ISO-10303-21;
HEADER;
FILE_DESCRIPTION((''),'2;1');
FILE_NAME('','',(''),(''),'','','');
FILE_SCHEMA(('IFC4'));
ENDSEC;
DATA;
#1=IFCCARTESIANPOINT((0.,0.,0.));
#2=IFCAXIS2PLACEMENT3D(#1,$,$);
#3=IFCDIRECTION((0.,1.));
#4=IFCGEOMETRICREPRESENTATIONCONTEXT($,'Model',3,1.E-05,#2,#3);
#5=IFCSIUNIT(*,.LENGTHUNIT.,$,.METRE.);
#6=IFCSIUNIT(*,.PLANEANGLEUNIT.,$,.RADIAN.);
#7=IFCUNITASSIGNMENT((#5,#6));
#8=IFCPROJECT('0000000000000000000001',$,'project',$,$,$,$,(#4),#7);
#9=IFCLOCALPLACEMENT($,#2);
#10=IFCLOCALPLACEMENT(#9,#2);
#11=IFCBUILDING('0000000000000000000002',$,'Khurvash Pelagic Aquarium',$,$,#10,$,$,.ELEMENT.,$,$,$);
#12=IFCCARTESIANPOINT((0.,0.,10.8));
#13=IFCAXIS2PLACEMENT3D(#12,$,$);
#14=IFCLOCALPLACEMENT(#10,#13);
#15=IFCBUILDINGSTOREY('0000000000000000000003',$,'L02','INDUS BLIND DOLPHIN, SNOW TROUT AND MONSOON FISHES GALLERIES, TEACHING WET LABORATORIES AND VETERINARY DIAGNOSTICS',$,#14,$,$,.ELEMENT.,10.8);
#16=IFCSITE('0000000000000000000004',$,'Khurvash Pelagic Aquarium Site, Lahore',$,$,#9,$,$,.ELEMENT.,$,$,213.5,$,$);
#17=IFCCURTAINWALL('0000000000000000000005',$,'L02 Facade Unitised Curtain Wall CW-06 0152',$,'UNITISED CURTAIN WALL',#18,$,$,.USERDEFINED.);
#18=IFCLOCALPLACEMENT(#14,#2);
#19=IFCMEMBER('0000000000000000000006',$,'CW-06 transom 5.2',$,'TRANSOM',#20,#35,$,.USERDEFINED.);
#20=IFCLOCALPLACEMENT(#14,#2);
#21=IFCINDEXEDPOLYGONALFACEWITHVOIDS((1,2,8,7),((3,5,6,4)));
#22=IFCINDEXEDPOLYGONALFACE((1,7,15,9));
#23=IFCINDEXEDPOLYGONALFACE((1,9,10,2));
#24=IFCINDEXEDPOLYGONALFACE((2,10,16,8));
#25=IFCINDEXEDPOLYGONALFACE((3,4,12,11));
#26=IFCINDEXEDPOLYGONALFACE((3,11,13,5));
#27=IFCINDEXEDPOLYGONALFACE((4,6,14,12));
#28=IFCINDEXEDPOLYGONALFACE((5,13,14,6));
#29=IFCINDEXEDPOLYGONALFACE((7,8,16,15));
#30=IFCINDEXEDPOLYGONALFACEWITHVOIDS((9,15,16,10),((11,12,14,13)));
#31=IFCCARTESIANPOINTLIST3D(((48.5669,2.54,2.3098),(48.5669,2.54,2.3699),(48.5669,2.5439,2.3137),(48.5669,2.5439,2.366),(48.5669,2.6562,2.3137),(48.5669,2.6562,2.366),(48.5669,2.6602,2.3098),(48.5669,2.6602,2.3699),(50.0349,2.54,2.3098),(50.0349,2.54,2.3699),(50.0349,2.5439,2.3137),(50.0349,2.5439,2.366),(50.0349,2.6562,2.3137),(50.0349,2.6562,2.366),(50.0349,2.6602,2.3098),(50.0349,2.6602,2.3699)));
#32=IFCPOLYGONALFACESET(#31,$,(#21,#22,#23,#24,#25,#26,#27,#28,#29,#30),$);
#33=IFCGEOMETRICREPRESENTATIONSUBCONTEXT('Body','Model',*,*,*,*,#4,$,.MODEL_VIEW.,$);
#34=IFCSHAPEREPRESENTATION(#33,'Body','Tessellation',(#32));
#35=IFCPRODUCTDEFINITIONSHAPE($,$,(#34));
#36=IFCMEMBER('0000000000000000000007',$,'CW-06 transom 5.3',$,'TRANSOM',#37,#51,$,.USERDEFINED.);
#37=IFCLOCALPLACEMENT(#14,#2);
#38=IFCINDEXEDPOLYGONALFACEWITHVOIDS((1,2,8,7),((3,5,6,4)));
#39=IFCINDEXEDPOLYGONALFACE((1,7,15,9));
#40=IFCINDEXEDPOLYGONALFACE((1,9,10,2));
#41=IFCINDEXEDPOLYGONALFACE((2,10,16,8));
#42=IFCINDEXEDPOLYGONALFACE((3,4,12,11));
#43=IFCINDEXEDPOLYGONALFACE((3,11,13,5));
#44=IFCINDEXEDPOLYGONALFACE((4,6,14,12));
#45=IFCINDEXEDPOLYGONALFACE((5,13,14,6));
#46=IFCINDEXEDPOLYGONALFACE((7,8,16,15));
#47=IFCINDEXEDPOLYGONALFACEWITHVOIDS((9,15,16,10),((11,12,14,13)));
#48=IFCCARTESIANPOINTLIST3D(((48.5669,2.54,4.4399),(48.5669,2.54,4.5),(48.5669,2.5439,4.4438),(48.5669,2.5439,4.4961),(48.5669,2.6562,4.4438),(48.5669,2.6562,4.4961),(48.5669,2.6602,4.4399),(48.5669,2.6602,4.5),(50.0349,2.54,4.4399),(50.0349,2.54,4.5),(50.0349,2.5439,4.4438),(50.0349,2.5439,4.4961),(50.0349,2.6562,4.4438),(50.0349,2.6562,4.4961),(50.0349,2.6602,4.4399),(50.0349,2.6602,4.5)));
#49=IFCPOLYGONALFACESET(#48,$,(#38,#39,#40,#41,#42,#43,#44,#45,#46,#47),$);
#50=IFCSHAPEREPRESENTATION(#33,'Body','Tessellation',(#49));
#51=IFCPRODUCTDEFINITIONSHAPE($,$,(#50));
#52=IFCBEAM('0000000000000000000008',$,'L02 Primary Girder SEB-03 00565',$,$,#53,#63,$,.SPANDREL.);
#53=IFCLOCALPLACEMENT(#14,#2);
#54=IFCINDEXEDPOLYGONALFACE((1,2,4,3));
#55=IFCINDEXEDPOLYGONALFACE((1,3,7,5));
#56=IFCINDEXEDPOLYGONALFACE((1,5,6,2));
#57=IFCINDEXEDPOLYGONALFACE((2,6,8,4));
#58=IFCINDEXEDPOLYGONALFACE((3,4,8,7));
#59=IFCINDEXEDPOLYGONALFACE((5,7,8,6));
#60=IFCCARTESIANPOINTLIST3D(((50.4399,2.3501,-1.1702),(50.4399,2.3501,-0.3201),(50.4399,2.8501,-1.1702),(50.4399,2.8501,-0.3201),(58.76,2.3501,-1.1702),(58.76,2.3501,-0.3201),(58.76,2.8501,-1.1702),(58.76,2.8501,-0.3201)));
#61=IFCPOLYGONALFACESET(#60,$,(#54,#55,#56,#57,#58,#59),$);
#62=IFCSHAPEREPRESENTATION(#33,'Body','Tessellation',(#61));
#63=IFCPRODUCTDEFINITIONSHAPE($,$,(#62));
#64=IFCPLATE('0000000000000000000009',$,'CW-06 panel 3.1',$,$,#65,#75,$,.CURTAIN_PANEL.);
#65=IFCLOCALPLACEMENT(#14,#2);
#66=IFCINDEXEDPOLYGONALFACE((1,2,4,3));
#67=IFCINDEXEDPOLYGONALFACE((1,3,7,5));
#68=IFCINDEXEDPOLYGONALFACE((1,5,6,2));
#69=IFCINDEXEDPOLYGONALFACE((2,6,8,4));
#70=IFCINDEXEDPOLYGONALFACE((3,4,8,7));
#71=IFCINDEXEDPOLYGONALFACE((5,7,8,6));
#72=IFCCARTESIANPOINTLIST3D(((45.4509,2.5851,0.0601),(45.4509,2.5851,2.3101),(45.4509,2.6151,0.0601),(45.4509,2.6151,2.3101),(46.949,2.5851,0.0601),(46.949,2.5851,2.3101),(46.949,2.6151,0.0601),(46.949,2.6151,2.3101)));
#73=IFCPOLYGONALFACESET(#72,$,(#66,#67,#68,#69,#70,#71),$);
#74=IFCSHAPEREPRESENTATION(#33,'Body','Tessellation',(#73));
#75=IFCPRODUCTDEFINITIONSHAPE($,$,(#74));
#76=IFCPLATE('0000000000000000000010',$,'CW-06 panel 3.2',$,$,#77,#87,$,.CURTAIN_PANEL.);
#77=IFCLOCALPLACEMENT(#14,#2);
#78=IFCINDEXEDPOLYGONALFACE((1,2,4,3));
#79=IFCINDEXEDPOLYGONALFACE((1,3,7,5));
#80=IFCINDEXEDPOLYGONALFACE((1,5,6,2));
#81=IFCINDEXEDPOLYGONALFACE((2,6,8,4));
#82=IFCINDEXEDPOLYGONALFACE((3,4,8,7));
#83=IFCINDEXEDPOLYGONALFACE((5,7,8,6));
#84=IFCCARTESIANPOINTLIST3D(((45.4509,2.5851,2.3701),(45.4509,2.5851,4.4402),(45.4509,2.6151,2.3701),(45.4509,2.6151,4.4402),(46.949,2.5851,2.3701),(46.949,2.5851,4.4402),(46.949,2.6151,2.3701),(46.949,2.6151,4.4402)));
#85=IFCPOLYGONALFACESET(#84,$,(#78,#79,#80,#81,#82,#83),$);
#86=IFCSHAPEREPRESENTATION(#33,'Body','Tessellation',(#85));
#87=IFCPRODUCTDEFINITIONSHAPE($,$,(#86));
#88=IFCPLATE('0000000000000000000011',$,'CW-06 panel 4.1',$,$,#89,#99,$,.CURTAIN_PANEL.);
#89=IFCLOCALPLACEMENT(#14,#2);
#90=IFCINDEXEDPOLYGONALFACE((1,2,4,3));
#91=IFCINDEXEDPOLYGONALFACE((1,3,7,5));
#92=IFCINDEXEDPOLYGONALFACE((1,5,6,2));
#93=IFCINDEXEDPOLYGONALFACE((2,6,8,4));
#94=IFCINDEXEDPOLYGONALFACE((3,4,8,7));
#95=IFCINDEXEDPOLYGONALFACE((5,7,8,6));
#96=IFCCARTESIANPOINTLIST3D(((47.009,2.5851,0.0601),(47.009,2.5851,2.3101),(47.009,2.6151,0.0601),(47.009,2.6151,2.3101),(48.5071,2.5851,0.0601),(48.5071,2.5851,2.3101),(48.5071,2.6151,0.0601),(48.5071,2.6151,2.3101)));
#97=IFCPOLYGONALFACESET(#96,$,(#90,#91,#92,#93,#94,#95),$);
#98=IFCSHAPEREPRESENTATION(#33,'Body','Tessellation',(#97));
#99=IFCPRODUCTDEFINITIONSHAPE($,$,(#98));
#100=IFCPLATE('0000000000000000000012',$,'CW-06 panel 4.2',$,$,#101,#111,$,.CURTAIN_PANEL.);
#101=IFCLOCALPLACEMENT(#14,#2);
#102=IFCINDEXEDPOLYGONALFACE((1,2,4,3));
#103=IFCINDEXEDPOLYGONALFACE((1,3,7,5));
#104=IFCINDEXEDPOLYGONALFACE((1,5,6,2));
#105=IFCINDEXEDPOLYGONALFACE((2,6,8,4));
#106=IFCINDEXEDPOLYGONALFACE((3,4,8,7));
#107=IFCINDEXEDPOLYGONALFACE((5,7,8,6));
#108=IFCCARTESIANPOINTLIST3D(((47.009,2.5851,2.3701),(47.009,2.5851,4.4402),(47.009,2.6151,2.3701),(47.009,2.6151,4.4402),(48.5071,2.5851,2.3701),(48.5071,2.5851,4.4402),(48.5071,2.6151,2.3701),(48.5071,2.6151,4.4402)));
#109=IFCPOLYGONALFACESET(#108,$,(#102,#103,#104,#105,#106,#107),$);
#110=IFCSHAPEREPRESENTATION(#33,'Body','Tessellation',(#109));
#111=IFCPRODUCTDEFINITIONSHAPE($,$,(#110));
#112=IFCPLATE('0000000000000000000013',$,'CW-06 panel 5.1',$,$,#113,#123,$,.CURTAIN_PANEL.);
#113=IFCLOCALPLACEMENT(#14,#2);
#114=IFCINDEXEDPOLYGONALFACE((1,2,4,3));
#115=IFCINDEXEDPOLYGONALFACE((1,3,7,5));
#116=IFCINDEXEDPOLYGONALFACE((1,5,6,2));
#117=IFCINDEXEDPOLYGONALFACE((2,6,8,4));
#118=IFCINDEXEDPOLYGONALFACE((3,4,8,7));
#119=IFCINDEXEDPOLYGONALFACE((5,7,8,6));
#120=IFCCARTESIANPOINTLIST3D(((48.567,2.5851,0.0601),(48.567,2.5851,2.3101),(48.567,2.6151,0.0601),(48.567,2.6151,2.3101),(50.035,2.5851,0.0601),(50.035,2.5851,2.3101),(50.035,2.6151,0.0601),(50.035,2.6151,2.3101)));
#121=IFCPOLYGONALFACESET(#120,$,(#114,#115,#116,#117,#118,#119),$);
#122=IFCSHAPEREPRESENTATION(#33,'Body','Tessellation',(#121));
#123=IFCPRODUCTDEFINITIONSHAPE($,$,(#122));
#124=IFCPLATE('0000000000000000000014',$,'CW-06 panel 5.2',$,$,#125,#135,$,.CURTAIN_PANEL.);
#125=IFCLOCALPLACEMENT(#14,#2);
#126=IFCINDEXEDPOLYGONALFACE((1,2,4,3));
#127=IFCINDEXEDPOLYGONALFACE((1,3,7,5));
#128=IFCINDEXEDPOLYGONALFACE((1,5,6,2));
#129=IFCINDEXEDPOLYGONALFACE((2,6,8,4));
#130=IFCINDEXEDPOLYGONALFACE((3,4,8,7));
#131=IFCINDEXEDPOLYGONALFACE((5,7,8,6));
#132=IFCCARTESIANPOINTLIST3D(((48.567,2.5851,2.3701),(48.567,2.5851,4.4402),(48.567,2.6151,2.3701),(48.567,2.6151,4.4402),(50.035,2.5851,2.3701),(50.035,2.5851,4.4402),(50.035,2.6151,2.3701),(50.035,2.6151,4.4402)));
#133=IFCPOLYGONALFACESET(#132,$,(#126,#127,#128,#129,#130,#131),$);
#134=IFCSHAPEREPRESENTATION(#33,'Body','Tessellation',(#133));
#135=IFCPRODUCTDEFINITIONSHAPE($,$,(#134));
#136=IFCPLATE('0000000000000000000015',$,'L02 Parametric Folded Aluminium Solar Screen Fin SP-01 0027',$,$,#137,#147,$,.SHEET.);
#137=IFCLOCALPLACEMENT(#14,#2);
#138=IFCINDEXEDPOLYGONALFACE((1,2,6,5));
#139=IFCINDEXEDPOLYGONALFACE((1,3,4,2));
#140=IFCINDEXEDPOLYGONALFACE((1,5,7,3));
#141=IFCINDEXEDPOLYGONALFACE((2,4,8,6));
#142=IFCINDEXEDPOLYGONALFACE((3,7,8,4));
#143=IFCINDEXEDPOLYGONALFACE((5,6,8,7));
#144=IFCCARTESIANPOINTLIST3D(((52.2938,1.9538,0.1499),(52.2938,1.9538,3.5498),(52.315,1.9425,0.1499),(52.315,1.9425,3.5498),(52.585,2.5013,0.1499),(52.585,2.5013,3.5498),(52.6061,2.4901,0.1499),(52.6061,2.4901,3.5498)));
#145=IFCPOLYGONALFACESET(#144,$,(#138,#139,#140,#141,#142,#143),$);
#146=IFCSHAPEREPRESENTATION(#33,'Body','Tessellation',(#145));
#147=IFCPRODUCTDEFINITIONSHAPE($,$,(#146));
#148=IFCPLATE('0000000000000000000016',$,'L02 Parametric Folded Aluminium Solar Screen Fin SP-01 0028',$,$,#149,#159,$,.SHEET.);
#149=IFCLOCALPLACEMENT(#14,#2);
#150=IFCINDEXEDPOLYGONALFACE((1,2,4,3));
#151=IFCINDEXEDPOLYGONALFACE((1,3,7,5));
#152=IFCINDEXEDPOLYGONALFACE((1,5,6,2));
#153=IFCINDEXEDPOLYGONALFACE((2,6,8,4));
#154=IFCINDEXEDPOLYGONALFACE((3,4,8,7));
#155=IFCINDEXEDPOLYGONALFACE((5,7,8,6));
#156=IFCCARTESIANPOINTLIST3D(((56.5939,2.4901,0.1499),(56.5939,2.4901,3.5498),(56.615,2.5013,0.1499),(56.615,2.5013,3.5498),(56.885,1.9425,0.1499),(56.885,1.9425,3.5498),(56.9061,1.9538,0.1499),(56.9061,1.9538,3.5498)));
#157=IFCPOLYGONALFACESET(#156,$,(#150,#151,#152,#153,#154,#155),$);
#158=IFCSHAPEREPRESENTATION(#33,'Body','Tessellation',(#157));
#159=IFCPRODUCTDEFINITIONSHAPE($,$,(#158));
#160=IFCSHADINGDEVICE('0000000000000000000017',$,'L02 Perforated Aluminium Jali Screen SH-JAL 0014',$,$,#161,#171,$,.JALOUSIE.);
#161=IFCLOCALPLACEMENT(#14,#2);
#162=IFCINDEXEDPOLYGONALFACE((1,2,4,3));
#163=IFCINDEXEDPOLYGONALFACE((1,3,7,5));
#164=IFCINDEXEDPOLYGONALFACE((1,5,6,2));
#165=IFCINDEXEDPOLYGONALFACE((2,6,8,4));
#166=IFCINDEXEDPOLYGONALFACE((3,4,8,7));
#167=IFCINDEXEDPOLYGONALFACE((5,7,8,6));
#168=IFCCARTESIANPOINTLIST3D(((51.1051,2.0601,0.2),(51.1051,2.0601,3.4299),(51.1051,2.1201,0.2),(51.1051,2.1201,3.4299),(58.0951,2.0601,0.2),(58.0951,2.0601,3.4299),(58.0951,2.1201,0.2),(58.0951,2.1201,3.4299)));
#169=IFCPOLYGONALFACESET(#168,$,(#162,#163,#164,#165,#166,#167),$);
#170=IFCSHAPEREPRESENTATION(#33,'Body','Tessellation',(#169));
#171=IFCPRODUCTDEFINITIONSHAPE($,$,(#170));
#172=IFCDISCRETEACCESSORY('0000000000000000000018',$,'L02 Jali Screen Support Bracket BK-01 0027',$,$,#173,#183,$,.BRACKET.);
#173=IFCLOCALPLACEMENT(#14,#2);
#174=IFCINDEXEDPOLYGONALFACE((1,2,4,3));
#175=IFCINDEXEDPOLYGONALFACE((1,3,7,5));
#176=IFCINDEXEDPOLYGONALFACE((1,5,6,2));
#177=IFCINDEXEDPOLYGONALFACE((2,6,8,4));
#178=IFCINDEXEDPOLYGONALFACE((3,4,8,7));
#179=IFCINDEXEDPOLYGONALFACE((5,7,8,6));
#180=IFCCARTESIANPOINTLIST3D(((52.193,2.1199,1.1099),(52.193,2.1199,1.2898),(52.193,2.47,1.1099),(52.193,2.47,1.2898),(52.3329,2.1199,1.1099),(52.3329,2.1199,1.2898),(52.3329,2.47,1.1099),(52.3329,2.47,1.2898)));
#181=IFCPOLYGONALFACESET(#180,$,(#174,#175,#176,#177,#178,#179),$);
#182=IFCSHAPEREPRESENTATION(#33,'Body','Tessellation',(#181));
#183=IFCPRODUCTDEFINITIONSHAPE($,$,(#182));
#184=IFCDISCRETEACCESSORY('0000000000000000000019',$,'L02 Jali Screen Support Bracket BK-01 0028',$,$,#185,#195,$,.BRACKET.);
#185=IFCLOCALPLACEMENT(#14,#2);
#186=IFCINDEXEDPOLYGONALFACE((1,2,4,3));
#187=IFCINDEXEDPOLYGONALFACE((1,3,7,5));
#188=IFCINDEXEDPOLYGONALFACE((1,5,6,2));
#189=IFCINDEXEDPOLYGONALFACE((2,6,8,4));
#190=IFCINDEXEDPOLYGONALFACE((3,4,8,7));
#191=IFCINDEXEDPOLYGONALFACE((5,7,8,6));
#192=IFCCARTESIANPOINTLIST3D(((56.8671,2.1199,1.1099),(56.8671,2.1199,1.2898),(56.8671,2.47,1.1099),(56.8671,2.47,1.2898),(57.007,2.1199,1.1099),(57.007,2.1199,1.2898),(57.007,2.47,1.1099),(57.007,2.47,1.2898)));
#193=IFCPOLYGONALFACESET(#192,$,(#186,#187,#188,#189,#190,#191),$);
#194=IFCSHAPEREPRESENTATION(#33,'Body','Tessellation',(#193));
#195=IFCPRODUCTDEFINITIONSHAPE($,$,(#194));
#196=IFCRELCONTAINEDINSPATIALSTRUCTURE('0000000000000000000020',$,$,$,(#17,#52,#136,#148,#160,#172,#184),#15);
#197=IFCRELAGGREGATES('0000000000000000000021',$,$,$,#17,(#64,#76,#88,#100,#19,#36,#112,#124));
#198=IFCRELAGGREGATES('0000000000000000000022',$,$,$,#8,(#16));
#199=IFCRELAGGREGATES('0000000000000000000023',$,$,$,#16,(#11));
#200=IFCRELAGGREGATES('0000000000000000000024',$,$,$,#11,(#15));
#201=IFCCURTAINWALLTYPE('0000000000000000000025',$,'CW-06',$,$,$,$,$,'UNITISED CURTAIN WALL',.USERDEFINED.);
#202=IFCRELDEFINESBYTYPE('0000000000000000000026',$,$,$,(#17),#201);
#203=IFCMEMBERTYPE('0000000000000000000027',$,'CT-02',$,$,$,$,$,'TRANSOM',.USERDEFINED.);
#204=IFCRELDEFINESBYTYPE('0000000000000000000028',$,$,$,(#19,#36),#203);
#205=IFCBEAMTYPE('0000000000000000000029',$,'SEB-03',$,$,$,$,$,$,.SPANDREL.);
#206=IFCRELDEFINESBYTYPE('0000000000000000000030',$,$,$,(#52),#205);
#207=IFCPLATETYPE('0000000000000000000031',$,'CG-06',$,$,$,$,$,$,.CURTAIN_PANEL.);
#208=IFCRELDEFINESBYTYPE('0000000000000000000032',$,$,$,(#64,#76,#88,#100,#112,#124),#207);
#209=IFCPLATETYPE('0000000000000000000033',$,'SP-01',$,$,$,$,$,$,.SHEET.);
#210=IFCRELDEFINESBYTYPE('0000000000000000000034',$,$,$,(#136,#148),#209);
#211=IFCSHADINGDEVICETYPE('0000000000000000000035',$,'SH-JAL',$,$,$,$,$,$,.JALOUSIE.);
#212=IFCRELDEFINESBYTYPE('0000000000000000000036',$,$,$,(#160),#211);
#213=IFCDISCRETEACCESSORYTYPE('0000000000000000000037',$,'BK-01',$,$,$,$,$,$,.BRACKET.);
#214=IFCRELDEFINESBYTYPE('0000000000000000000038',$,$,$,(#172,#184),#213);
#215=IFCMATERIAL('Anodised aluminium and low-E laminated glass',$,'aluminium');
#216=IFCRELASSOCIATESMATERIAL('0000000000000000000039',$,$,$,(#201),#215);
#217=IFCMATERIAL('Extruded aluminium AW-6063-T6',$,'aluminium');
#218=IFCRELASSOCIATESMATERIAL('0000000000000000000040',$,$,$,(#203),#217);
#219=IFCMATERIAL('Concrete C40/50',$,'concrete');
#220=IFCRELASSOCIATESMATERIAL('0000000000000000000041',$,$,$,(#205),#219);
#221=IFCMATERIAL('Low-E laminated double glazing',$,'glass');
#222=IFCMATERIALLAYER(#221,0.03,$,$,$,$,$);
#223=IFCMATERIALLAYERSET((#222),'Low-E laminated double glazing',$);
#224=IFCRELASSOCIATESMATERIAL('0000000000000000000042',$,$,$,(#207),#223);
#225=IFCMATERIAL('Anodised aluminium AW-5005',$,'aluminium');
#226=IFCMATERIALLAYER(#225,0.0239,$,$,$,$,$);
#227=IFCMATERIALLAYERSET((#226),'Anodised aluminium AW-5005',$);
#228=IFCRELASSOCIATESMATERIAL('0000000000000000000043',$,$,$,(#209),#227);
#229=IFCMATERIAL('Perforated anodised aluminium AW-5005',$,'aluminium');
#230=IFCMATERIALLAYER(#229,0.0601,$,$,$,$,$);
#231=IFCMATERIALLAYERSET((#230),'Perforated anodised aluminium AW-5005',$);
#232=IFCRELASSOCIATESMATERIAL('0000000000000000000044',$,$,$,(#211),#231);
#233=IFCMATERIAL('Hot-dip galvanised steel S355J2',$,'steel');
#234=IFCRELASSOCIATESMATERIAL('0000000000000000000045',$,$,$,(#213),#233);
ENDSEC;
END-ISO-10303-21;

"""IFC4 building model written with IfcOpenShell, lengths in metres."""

from ifc_helpers import new_model, si_unit, direction, frame, origin, origin_2d, place, context, subcontext, project, spatial, rectangle, hollow_rectangle, extrude, material, layer, layer_set, material_profile, profile_set, type_object, element, aggregate, save


model = new_model("IFC4")

# Units and contexts
model_context = context("Model", 3, precision=1e-05, world=origin(), true_north=direction((0.0, 1.0)))
body_context = subcontext(model_context, "Body", "Model", "MODEL_VIEW")
ifc_project = project(units=[si_unit("LENGTHUNIT", "METRE"), si_unit("PLANEANGLEUNIT", "RADIAN")], contexts=[model_context])

# Site, building, storey
site_placement = place(None, origin())
site = spatial("IfcSite", under=ifc_project, at=site_placement, Name="Khurvash Pelagic Aquarium Site, Lahore", CompositionType="ELEMENT", RefElevation=213.5)
building_placement = place(site_placement, origin())
building = spatial("IfcBuilding", under=site, at=building_placement, Name="Khurvash Pelagic Aquarium", CompositionType="ELEMENT")
storey_placement = place(building_placement, frame((0.0, 0.0, 10.8)))
storey = spatial("IfcBuildingStorey", under=building, at=storey_placement, Name="L02", Description="INDUS BLIND DOLPHIN, SNOW TROUT AND MONSOON FISHES GALLERIES, TEACHING WET LABORATORIES AND VETERINARY DIAGNOSTICS", CompositionType="ELEMENT", Elevation=10.8)

# Shared definitions
ifc_material_1 = material(Name="Concrete C40/50", Category="concrete")

# Curtain wall, members
ifc_material_2 = material(Name="Anodised aluminium and low-E laminated glass", Category="aluminium")
curtain_wall_type = type_object("IfcCurtainWallType", Name="CW-06", ElementType="UNITISED CURTAIN WALL", PredefinedType="USERDEFINED", material=ifc_material_2)
curtain_wall_placement = place(storey_placement, origin())
curtain_wall = element("IfcCurtainWall", 1, at=curtain_wall_placement, inside=storey, type_object=curtain_wall_type, Name="L02 Facade Unitised Curtain Wall CW-06 0152", ObjectType="UNITISED CURTAIN WALL", PredefinedType="USERDEFINED")
ifc_material_3 = material(Name="Extruded aluminium AW-6063-T6", Category="aluminium")
ifc_material_profile_1 = material_profile(ifc_material_3, hollow_rectangle(XDim=0.1201, YDim=0.0601, WallThickness=0.0039, at=origin_2d()), Name="CWT120X60X4")
ifc_profile_set_1 = profile_set([ifc_material_profile_1], Name="Extruded aluminium AW-6063-T6")
member_type_1 = type_object("IfcMemberType", Name="CT-02", ElementType="TRANSOM", PredefinedType="USERDEFINED", material=ifc_profile_set_1)
member_1_placement = place(storey_placement, frame((48.5669, 2.6001, 2.3398), z_axis=(1.0, 0.0, 0.0), x_axis=(0.0, 1.0, 0.0)))
member_1 = element("IfcMember", 2, at=member_1_placement, type_object=member_type_1, Name="CW-06 transom 5.2", ObjectType="TRANSOM", PredefinedType="USERDEFINED", context=body_context, shape_type="SweptSolid", body=[
    extrude(hollow_rectangle(XDim=0.1201, YDim=0.0601, WallThickness=0.0039, at=origin_2d()), origin(), (0.0, 0.0, 1.0), 1.468),
])
member_2_placement = place(storey_placement, frame((48.5669, 2.6001, 4.47), z_axis=(1.0, 0.0, 0.0), x_axis=(0.0, 1.0, 0.0)))
member_2 = element("IfcMember", 3, at=member_2_placement, type_object=member_type_1, Name="CW-06 transom 5.3", ObjectType="TRANSOM", PredefinedType="USERDEFINED", context=body_context, shape_type="SweptSolid", body=[
    extrude(hollow_rectangle(XDim=0.1201, YDim=0.0601, WallThickness=0.0039, at=origin_2d()), origin(), (0.0, 0.0, 1.0), 1.468),
])

# Beam
ifc_material_profile_2 = material_profile(ifc_material_1, rectangle(XDim=0.5, YDim=0.8501, at=origin_2d()), Name="RC500X850")
ifc_profile_set_2 = profile_set([ifc_material_profile_2], Name="Concrete C40/50")
beam_type = type_object("IfcBeamType", Name="SEB-03", PredefinedType="SPANDREL", material=ifc_profile_set_2)
beam_placement = place(storey_placement, frame((50.4399, 2.6001, -0.7451), z_axis=(1.0, 0.0, 0.0), x_axis=(0.0, 1.0, 0.0)))
element("IfcBeam", 4, at=beam_placement, inside=storey, type_object=beam_type, Name="L02 Primary Girder SEB-03 00565", PredefinedType="SPANDREL", context=body_context, shape_type="SweptSolid", body=[
    extrude(rectangle(XDim=0.5, YDim=0.8501, at=origin_2d()), origin(), (0.0, 0.0, 1.0), 8.3201),
])

# Plates
ifc_material_4 = material(Name="Low-E laminated double glazing", Category="glass")
ifc_layer_1 = layer(ifc_material_4, 0.03)
ifc_layer_set_1 = layer_set([ifc_layer_1], Name="Low-E laminated double glazing")
plate_type_1 = type_object("IfcPlateType", Name="CG-06", PredefinedType="CURTAIN_PANEL", material=ifc_layer_set_1)
plate_1_placement = place(storey_placement, frame((46.2, 2.6001, 0.0601), z_axis=(0.0, 0.0, 1.0), x_axis=(1.0, 0.0, 0.0)))
plate_1 = element("IfcPlate", 5, at=plate_1_placement, type_object=plate_type_1, Name="CW-06 panel 3.1", PredefinedType="CURTAIN_PANEL", context=body_context, shape_type="SweptSolid", body=[
    extrude(rectangle(XDim=1.498, YDim=0.03, at=origin_2d()), origin(), (0.0, 0.0, 1.0), 2.25),
])
plate_2_placement = place(storey_placement, frame((46.2, 2.6001, 2.3701), z_axis=(0.0, 0.0, 1.0), x_axis=(1.0, 0.0, 0.0)))
plate_2 = element("IfcPlate", 6, at=plate_2_placement, type_object=plate_type_1, Name="CW-06 panel 3.2", PredefinedType="CURTAIN_PANEL", context=body_context, shape_type="SweptSolid", body=[
    extrude(rectangle(XDim=1.498, YDim=0.03, at=origin_2d()), origin(), (0.0, 0.0, 1.0), 2.0701),
])
plate_3_placement = place(storey_placement, frame((47.7581, 2.6001, 0.0601), z_axis=(0.0, 0.0, 1.0), x_axis=(1.0, 0.0, 0.0)))
plate_3 = element("IfcPlate", 7, at=plate_3_placement, type_object=plate_type_1, Name="CW-06 panel 4.1", PredefinedType="CURTAIN_PANEL", context=body_context, shape_type="SweptSolid", body=[
    extrude(rectangle(XDim=1.498, YDim=0.03, at=origin_2d()), origin(), (0.0, 0.0, 1.0), 2.25),
])
plate_4_placement = place(storey_placement, frame((47.7581, 2.6001, 2.3701), z_axis=(0.0, 0.0, 1.0), x_axis=(1.0, 0.0, 0.0)))
plate_4 = element("IfcPlate", 8, at=plate_4_placement, type_object=plate_type_1, Name="CW-06 panel 4.2", PredefinedType="CURTAIN_PANEL", context=body_context, shape_type="SweptSolid", body=[
    extrude(rectangle(XDim=1.498, YDim=0.03, at=origin_2d()), origin(), (0.0, 0.0, 1.0), 2.0701),
])
plate_5_placement = place(storey_placement, frame((49.301, 2.6001, 0.0601), z_axis=(0.0, 0.0, 1.0), x_axis=(1.0, 0.0, 0.0)))
plate_5 = element("IfcPlate", 9, at=plate_5_placement, type_object=plate_type_1, Name="CW-06 panel 5.1", PredefinedType="CURTAIN_PANEL", context=body_context, shape_type="SweptSolid", body=[
    extrude(rectangle(XDim=1.468, YDim=0.03, at=origin_2d()), origin(), (0.0, 0.0, 1.0), 2.25),
])
plate_6_placement = place(storey_placement, frame((49.301, 2.6001, 2.3701), z_axis=(0.0, 0.0, 1.0), x_axis=(1.0, 0.0, 0.0)))
plate_6 = element("IfcPlate", 10, at=plate_6_placement, type_object=plate_type_1, Name="CW-06 panel 5.2", PredefinedType="CURTAIN_PANEL", context=body_context, shape_type="SweptSolid", body=[
    extrude(rectangle(XDim=1.468, YDim=0.03, at=origin_2d()), origin(), (0.0, 0.0, 1.0), 2.0701),
])
aggregate(curtain_wall, [plate_1, plate_2, plate_3, plate_4, member_1, member_2, plate_5, plate_6])

# Plates
ifc_material_5 = material(Name="Anodised aluminium AW-5005", Category="aluminium")
ifc_layer_2 = layer(ifc_material_5, 0.0239)
ifc_layer_set_2 = layer_set([ifc_layer_2], Name="Anodised aluminium AW-5005")
plate_type_2 = type_object("IfcPlateType", Name="SP-01", PredefinedType="SHEET", material=ifc_layer_set_2)
for number, where, z_axis, x_axis, name in (
    (11, (52.45, 2.2219, 0.1499), (0.0, 0.0, 1.0), (-0.469472, -0.882948, 0.0), "L02 Parametric Folded Aluminium Solar Screen Fin SP-01 0027"),
    (12, (56.75, 2.2219, 0.1499), (0.0, 0.0, 1.0), (0.469472, -0.882948, 0.0), "L02 Parametric Folded Aluminium Solar Screen Fin SP-01 0028"),
):
    element("IfcPlate", number, at=place(storey_placement, frame(where, z_axis=z_axis, x_axis=x_axis)), inside=storey, type_object=plate_type_2, Name=name, PredefinedType="SHEET", context=body_context, shape_type="SweptSolid", body=[
        extrude(rectangle(XDim=0.6201, YDim=0.0239, at=origin_2d()), origin(), (0.0, 0.0, 1.0), 3.3999),
    ])

# Shading device
ifc_material_6 = material(Name="Perforated anodised aluminium AW-5005", Category="aluminium")
ifc_layer_3 = layer(ifc_material_6, 0.0601)
ifc_layer_set_3 = layer_set([ifc_layer_3], Name="Perforated anodised aluminium AW-5005")
shading_device_type = type_object("IfcShadingDeviceType", Name="SH-JAL", PredefinedType="JALOUSIE", material=ifc_layer_set_3)
shading_device_placement = place(storey_placement, frame((54.6001, 2.0901, 0.2), z_axis=(0.0, 0.0, 1.0), x_axis=(1.0, 0.0, 0.0)))
element("IfcShadingDevice", 13, at=shading_device_placement, inside=storey, type_object=shading_device_type, Name="L02 Perforated Aluminium Jali Screen SH-JAL 0014", PredefinedType="JALOUSIE", context=body_context, shape_type="SweptSolid", body=[
    extrude(rectangle(XDim=6.99, YDim=0.0601, at=origin_2d()), origin(), (0.0, 0.0, 1.0), 3.23),
])

# Discrete accessories
ifc_material_7 = material(Name="Hot-dip galvanised steel S355J2", Category="steel")
discrete_accessory_type = type_object("IfcDiscreteAccessoryType", Name="BK-01", PredefinedType="BRACKET", material=ifc_material_7)
for number, where, z_axis, x_axis, name in (
    (14, (52.2629, 2.2949, 1.1099), (0.0, 0.0, 1.0), (1.0, 0.0, 0.0), "L02 Jali Screen Support Bracket BK-01 0027"),
    (15, (56.937, 2.2949, 1.1099), (0.0, 0.0, 1.0), (1.0, 0.0, 0.0), "L02 Jali Screen Support Bracket BK-01 0028"),
):
    element("IfcDiscreteAccessory", number, at=place(storey_placement, frame(where, z_axis=z_axis, x_axis=x_axis)), inside=storey, type_object=discrete_accessory_type, Name=name, PredefinedType="BRACKET", context=body_context, shape_type="SweptSolid", body=[
        extrude(rectangle(XDim=0.1399, YDim=0.3501, at=origin_2d()), origin(), (0.0, 0.0, 1.0), 0.1799),
    ])

save(model, "model.ifc")
